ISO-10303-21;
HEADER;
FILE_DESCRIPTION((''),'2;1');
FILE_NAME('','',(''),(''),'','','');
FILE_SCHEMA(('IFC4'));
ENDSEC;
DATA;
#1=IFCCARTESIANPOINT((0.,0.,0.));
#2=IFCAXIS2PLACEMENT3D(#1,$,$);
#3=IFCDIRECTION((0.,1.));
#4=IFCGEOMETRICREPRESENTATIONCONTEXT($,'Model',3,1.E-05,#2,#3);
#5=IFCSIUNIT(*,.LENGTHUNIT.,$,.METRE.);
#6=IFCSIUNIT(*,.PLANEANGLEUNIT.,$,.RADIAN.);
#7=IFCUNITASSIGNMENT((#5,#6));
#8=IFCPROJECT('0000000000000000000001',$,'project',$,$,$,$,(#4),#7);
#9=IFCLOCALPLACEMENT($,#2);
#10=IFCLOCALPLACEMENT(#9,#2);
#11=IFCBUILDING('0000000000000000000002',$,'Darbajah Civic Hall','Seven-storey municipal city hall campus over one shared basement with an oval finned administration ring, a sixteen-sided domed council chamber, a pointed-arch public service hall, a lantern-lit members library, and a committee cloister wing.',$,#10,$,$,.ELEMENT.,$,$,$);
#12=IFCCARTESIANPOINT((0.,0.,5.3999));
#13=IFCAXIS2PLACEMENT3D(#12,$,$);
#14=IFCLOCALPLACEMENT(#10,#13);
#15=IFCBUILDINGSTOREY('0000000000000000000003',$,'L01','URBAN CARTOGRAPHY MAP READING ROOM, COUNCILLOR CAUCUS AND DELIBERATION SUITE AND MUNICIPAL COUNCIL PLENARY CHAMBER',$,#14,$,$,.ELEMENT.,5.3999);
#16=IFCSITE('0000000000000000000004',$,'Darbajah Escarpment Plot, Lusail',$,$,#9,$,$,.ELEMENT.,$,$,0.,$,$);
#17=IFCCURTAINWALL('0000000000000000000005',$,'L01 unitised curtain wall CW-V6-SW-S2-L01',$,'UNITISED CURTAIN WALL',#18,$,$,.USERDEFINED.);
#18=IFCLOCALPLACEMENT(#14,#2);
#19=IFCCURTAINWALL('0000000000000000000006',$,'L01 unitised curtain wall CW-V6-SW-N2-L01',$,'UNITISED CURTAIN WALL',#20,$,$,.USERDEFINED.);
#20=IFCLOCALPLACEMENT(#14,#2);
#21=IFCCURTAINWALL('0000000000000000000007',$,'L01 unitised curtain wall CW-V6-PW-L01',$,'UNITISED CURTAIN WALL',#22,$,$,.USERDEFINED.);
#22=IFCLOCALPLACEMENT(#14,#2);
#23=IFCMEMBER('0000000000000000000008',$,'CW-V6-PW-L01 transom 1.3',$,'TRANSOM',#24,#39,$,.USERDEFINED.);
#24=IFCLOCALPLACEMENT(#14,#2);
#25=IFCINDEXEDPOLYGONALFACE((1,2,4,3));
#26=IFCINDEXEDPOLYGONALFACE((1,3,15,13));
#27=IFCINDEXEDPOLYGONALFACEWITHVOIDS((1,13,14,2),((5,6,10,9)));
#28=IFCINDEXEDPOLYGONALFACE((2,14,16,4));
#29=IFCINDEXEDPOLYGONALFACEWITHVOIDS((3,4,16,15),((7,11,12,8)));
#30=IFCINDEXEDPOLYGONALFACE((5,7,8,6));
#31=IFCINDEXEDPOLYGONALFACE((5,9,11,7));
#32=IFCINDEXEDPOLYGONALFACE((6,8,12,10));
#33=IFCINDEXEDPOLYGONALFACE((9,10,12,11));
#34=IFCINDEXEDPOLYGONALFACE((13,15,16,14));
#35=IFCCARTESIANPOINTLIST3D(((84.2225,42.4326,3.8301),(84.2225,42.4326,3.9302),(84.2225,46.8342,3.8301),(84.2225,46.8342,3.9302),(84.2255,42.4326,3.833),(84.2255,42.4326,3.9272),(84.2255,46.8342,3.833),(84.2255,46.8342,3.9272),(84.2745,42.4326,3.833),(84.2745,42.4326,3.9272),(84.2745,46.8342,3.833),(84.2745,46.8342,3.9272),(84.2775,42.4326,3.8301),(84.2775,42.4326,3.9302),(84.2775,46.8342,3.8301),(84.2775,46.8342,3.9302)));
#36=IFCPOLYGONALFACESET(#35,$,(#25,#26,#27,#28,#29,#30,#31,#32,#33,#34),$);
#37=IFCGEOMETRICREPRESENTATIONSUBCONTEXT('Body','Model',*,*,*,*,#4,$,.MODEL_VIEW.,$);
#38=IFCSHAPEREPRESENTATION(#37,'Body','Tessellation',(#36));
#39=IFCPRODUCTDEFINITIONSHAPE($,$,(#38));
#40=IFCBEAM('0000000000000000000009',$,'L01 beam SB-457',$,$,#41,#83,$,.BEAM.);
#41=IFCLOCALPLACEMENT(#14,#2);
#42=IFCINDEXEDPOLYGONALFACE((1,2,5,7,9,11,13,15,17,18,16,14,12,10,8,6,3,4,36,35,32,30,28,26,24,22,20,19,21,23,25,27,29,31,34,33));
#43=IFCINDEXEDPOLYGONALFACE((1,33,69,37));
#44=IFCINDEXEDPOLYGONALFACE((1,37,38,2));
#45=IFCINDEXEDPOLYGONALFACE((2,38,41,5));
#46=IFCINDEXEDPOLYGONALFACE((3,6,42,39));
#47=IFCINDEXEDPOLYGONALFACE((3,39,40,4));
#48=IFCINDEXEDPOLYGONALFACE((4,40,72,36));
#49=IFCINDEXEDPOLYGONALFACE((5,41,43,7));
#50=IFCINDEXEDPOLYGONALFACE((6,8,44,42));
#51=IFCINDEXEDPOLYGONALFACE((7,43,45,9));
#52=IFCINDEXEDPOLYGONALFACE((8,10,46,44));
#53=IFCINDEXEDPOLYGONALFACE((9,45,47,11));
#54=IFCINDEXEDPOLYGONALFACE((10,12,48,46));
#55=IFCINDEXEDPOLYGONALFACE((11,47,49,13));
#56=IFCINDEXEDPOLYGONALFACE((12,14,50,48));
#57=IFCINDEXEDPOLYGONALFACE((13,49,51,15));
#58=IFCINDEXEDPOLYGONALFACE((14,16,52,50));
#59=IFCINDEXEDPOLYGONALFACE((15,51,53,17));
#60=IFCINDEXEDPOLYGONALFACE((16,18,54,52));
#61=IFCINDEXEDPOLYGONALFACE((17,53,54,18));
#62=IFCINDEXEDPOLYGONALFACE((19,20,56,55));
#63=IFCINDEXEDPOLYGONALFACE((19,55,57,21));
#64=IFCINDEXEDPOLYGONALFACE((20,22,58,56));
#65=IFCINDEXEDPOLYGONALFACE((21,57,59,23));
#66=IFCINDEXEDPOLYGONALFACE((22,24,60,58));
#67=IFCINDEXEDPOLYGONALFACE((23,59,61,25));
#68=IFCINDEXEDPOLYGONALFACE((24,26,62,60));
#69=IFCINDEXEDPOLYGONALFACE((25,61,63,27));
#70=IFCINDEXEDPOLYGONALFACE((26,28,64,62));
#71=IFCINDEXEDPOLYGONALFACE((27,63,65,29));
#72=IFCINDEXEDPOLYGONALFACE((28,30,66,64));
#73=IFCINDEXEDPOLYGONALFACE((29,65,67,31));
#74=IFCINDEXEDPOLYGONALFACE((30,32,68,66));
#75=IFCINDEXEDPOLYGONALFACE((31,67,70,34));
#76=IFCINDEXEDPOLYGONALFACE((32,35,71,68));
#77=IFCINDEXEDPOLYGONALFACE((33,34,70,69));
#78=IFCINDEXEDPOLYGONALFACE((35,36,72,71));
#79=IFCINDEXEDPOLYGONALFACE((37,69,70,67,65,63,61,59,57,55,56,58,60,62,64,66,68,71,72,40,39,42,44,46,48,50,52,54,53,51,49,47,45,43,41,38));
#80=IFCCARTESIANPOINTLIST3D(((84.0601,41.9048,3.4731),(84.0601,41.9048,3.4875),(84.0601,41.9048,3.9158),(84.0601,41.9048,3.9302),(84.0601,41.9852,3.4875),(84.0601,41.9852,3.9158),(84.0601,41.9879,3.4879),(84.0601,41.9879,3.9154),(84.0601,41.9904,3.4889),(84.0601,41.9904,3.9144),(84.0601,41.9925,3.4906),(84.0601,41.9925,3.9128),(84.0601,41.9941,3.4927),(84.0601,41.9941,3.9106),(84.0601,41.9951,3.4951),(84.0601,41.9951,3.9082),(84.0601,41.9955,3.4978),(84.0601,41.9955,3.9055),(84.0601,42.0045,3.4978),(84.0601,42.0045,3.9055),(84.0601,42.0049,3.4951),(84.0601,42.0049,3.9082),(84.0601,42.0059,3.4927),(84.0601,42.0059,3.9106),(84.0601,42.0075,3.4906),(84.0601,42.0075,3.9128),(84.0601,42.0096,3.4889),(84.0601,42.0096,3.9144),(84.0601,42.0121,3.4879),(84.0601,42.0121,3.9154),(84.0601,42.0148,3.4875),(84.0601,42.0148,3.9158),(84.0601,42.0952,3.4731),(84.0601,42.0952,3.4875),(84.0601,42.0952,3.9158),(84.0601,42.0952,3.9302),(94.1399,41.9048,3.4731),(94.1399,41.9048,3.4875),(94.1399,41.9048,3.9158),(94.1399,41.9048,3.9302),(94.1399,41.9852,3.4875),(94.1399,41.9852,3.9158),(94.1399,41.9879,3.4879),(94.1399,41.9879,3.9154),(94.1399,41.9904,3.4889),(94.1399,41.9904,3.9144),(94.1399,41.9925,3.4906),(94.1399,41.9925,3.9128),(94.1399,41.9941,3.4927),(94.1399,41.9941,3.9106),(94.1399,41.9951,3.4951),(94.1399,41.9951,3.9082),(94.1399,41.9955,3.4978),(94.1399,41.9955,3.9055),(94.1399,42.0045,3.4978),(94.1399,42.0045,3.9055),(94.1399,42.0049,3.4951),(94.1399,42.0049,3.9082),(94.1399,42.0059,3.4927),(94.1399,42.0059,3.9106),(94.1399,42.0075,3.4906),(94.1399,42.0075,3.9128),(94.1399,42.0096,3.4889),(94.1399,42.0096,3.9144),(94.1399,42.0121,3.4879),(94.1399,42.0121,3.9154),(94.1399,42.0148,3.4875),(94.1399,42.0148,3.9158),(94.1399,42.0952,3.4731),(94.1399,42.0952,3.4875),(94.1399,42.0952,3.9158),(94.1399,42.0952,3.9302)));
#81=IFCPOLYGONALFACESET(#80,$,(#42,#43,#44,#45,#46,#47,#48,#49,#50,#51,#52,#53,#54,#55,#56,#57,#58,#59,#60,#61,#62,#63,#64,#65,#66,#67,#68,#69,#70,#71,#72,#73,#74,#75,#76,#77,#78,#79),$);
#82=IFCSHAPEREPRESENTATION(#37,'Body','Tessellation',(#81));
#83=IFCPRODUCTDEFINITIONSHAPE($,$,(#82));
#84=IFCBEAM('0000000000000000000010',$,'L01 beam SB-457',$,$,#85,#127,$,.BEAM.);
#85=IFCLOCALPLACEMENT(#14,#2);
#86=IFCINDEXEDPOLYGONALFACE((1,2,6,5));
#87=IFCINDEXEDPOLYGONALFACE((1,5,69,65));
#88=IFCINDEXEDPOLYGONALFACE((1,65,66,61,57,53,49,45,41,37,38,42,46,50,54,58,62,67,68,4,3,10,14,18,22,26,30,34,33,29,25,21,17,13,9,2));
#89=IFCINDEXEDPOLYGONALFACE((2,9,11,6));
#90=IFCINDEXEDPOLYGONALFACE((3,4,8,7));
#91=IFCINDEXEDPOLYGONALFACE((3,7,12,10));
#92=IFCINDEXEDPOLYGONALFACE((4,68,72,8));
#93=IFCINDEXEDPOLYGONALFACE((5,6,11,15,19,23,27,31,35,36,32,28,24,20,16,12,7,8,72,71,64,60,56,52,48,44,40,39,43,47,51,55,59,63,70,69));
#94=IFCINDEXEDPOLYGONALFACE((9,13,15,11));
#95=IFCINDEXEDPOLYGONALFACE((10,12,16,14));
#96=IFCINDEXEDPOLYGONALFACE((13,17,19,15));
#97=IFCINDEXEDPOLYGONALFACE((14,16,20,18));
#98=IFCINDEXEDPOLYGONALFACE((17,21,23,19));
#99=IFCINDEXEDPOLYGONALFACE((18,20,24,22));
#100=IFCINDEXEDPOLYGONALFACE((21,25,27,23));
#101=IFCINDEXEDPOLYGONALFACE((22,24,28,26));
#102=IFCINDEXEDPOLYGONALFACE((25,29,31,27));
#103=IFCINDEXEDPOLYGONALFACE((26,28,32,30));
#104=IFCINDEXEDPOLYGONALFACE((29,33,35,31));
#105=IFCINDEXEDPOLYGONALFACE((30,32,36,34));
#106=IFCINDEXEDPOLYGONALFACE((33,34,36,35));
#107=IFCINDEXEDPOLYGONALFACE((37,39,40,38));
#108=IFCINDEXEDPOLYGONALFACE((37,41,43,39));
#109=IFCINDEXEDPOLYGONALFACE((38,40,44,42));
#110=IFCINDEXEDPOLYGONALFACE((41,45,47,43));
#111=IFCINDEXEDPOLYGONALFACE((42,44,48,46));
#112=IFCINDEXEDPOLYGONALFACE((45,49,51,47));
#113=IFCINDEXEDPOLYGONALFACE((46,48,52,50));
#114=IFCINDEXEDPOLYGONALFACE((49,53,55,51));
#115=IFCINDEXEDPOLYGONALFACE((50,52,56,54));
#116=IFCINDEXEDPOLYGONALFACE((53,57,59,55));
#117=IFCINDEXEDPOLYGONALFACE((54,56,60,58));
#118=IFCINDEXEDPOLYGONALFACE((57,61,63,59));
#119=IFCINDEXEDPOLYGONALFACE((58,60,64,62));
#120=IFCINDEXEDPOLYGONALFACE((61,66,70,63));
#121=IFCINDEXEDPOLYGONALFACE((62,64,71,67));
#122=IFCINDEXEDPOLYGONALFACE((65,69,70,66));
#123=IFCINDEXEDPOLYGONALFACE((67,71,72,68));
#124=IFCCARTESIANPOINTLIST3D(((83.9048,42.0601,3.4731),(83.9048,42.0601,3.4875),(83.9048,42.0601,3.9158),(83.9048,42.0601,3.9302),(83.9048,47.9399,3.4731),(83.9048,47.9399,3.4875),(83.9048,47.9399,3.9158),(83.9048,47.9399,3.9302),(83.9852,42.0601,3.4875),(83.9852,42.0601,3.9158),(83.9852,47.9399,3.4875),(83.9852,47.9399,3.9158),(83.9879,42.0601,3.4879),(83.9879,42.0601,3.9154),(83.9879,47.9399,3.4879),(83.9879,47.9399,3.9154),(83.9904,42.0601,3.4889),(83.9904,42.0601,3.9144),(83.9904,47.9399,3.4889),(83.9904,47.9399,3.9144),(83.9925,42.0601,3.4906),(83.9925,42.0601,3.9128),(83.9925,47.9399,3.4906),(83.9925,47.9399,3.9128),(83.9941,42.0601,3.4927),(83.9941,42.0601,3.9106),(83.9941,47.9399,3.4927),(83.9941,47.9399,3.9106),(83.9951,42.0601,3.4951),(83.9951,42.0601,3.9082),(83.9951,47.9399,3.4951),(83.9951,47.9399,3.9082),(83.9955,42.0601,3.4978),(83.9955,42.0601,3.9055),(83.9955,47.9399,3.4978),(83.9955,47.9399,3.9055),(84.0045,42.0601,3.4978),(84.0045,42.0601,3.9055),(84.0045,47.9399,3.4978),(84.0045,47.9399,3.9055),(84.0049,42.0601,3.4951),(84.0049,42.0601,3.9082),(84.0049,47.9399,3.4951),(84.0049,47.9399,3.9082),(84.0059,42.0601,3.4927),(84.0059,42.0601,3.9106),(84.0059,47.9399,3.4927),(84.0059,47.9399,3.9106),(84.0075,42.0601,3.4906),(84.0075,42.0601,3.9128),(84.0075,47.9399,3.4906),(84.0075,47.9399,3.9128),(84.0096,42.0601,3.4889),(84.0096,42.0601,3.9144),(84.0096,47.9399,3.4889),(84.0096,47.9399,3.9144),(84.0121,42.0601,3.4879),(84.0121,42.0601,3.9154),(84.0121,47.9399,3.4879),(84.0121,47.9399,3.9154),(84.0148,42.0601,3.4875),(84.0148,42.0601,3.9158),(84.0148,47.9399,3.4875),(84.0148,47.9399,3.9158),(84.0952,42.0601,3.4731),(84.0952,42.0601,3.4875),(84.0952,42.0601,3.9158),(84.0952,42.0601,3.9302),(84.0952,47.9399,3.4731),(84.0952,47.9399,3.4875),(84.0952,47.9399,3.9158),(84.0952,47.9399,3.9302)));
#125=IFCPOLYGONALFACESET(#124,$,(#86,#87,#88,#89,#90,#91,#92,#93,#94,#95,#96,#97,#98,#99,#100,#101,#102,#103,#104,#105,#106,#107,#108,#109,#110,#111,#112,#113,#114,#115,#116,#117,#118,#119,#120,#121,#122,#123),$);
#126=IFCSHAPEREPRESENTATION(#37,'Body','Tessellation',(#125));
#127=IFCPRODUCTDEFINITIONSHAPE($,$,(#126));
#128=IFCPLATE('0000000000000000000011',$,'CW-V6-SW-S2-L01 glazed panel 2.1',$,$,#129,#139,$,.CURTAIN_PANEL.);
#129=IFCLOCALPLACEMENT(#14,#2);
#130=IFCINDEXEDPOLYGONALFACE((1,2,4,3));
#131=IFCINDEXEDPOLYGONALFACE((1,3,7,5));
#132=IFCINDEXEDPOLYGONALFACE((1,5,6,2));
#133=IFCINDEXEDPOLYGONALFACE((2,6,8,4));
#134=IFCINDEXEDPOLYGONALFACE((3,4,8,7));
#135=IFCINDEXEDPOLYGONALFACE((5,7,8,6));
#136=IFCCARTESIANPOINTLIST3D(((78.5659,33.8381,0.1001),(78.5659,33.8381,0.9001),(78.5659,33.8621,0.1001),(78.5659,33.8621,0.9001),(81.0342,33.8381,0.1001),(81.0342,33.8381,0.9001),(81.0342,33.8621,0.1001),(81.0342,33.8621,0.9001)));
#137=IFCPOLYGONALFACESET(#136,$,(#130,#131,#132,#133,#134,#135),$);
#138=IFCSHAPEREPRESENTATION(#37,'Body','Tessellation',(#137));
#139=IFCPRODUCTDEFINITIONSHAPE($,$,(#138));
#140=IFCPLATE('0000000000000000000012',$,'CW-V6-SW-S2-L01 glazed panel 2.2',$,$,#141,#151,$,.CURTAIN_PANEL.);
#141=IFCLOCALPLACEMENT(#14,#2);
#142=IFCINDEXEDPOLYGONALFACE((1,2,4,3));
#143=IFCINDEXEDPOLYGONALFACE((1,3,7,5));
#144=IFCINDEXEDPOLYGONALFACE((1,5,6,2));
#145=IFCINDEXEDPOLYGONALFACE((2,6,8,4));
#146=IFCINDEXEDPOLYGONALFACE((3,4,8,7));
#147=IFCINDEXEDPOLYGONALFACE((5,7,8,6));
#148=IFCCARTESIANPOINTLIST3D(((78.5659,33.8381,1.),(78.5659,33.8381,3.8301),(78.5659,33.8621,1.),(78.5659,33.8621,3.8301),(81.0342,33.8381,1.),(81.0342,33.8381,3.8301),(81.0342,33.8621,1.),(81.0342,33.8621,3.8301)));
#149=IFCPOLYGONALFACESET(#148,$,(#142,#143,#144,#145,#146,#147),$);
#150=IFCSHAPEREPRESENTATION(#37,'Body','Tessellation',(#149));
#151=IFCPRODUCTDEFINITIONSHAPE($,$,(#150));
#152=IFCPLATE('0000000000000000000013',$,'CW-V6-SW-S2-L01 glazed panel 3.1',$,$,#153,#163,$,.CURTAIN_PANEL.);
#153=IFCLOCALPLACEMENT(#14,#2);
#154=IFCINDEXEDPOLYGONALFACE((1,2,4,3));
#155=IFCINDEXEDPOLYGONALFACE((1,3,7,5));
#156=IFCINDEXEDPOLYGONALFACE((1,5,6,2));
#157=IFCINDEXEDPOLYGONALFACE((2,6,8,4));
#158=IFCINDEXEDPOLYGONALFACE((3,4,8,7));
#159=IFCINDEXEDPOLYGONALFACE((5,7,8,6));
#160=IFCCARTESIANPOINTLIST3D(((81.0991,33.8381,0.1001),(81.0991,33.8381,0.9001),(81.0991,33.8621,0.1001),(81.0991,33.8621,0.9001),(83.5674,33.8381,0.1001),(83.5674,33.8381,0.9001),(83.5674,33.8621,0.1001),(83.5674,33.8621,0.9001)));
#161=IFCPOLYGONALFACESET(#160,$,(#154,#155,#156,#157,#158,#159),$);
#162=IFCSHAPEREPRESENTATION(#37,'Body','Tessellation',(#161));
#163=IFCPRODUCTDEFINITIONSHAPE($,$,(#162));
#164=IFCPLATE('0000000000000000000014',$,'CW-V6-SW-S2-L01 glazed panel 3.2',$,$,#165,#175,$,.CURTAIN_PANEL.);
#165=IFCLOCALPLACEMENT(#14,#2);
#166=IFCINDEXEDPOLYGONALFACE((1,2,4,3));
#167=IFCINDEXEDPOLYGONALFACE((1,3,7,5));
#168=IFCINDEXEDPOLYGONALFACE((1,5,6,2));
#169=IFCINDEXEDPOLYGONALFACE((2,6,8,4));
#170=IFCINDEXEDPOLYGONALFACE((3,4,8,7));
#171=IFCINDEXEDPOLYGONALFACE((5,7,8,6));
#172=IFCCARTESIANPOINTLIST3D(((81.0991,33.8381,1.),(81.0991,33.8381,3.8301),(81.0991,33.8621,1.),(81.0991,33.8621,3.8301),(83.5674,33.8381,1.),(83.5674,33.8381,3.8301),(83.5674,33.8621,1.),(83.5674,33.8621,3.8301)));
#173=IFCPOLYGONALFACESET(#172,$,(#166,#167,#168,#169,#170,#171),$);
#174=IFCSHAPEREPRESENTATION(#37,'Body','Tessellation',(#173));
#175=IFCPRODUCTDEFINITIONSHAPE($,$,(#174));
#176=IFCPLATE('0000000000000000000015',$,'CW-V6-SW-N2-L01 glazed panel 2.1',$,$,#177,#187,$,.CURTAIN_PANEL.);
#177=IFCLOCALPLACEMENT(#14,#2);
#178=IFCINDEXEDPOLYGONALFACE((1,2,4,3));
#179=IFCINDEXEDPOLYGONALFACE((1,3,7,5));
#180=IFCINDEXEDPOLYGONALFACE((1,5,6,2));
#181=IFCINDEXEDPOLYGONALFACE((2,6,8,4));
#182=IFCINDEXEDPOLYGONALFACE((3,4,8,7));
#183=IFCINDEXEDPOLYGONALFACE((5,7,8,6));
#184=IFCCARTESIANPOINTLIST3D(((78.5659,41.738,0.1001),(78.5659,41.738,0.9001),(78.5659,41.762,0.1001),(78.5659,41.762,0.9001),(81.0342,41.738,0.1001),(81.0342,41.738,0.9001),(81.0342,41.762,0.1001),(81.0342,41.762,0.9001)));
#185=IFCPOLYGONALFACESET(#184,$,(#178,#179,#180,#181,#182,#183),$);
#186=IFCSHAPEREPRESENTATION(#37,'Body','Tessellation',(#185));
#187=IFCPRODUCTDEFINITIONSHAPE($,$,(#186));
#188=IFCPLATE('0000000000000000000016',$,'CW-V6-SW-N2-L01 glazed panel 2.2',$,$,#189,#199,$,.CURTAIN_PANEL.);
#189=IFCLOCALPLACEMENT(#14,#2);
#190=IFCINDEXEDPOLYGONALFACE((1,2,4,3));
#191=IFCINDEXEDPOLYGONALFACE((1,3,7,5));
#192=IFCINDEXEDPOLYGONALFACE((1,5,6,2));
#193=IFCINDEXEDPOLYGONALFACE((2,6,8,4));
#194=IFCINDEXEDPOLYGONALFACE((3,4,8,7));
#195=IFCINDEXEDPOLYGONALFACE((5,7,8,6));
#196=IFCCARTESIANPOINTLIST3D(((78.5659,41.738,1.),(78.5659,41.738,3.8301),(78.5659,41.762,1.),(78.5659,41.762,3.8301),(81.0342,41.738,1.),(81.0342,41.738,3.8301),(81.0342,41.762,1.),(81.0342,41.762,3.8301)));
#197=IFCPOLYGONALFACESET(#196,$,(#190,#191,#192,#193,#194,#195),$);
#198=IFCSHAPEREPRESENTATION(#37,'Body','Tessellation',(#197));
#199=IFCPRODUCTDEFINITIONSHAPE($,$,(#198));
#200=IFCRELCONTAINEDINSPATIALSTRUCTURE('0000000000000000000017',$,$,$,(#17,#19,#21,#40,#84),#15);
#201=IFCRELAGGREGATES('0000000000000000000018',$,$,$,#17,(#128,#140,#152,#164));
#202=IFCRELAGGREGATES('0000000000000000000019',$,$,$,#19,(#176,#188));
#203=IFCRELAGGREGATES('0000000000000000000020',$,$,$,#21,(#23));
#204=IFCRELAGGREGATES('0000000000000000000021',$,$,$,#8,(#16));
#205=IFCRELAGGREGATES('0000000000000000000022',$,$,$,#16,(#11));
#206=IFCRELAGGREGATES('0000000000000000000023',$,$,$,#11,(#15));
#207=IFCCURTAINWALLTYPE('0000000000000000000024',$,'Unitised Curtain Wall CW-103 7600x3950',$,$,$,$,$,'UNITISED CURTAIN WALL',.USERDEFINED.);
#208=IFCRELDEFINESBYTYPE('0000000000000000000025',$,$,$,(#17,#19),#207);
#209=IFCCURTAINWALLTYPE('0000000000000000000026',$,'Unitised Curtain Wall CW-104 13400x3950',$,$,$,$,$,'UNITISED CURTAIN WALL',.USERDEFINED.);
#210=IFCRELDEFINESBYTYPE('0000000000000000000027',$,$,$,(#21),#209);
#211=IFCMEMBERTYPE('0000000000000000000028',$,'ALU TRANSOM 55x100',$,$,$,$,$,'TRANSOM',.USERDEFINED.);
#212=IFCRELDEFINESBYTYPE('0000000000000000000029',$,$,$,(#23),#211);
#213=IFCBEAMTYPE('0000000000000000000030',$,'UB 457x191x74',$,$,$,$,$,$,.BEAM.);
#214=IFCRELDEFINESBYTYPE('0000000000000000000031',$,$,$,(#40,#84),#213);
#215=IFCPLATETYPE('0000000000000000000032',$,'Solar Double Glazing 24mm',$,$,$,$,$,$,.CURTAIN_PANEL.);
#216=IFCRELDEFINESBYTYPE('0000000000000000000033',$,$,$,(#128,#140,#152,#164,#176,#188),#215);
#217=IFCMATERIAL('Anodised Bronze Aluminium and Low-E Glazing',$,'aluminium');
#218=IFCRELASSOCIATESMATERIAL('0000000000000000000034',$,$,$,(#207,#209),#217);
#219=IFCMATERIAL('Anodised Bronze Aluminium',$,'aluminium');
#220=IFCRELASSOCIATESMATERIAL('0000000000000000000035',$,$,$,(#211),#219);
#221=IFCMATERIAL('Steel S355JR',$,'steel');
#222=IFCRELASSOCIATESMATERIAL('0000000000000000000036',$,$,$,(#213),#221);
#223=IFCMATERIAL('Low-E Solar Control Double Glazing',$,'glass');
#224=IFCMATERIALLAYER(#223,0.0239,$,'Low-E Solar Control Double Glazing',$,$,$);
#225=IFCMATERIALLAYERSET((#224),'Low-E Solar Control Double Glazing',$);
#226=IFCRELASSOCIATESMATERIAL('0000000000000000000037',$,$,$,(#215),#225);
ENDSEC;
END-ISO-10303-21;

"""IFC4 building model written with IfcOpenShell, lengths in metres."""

from ifc_helpers import new_model, si_unit, direction, frame, origin, origin_2d, place, context, subcontext, project, spatial, rectangle, hollow_rectangle, i_section, extrude, material, layer, layer_set, material_profile, profile_set, type_object, element, aggregate, save


model = new_model("IFC4")

# Units and contexts
model_context = context("Model", 3, precision=1e-05, world=origin(), true_north=direction((0.0, 1.0)))
body_context = subcontext(model_context, "Body", "Model", "MODEL_VIEW")
ifc_project = project(units=[si_unit("LENGTHUNIT", "METRE"), si_unit("PLANEANGLEUNIT", "RADIAN")], contexts=[model_context])

# Site, building, storey
site_placement = place(None, origin())
site = spatial("IfcSite", under=ifc_project, at=site_placement, Name="Darbajah Escarpment Plot, Lusail", CompositionType="ELEMENT", RefElevation=0.0)
building_placement = place(site_placement, origin())
building = spatial("IfcBuilding", under=site, at=building_placement, Name="Darbajah Civic Hall", Description="Seven-storey municipal city hall campus over one shared basement with an oval finned administration ring, a sixteen-sided domed council chamber, a pointed-arch public service hall, a lantern-lit members library, and a committee cloister wing.", CompositionType="ELEMENT")
storey_placement = place(building_placement, frame((0.0, 0.0, 5.3999)))
storey = spatial("IfcBuildingStorey", under=building, at=storey_placement, Name="L01", Description="URBAN CARTOGRAPHY MAP READING ROOM, COUNCILLOR CAUCUS AND DELIBERATION SUITE AND MUNICIPAL COUNCIL PLENARY CHAMBER", CompositionType="ELEMENT", Elevation=5.3999)

# Shared definitions
ifc_material_1 = material(Name="Steel S355JR", Category="steel")

# Curtain walls
ifc_material_2 = material(Name="Anodised Bronze Aluminium and Low-E Glazing", Category="aluminium")
curtain_wall_type_1 = type_object("IfcCurtainWallType", Name="Unitised Curtain Wall CW-103 7600x3950", ElementType="UNITISED CURTAIN WALL", PredefinedType="USERDEFINED", material=ifc_material_2)
curtain_wall_1_placement = place(storey_placement, origin())
curtain_wall_1 = element("IfcCurtainWall", 1, at=curtain_wall_1_placement, inside=storey, type_object=curtain_wall_type_1, Name="L01 unitised curtain wall CW-V6-SW-S2-L01", ObjectType="UNITISED CURTAIN WALL", PredefinedType="USERDEFINED")
ifc_material_3 = material(Name="Anodised Bronze Aluminium", Category="aluminium")
curtain_wall_2_placement = place(storey_placement, origin())
curtain_wall_2 = element("IfcCurtainWall", 2, at=curtain_wall_2_placement, inside=storey, type_object=curtain_wall_type_1, Name="L01 unitised curtain wall CW-V6-SW-N2-L01", ObjectType="UNITISED CURTAIN WALL", PredefinedType="USERDEFINED")
curtain_wall_type_2 = type_object("IfcCurtainWallType", Name="Unitised Curtain Wall CW-104 13400x3950", ElementType="UNITISED CURTAIN WALL", PredefinedType="USERDEFINED", material=ifc_material_2)
curtain_wall_3_placement = place(storey_placement, origin())
curtain_wall_3 = element("IfcCurtainWall", 3, at=curtain_wall_3_placement, inside=storey, type_object=curtain_wall_type_2, Name="L01 unitised curtain wall CW-V6-PW-L01", ObjectType="UNITISED CURTAIN WALL", PredefinedType="USERDEFINED")

# Member
ifc_material_profile_1 = material_profile(ifc_material_3, hollow_rectangle(XDim=0.0549, YDim=0.1001, WallThickness=0.0029, at=origin_2d()), Name="ALU TRANSOM 55x100")
ifc_profile_set_1 = profile_set([ifc_material_profile_1], Name="Anodised Bronze Aluminium")
member_type_1 = type_object("IfcMemberType", Name="ALU TRANSOM 55x100", ElementType="TRANSOM", PredefinedType="USERDEFINED", material=ifc_profile_set_1)
member_1_placement = place(storey_placement, frame((84.25, 42.4326, 3.8801), z_axis=(0.0, 1.0, 0.0), x_axis=(-1.0, 0.0, 0.0)))
member_1 = element("IfcMember", 4, at=member_1_placement, type_object=member_type_1, Name="CW-V6-PW-L01 transom 1.3", ObjectType="TRANSOM", PredefinedType="USERDEFINED", context=body_context, shape_type="SweptSolid", body=[
    extrude(hollow_rectangle(XDim=0.0549, YDim=0.1001, WallThickness=0.0029, at=origin_2d()), origin(), (0.0, 0.0, 1.0), 4.4016),
])

# Beams
ifc_material_profile_2 = material_profile(ifc_material_1, i_section(OverallWidth=0.1904, OverallDepth=0.457, WebThickness=0.009, FlangeThickness=0.0144, FilletRadius=0.0103, at=origin_2d()), Name="UB 457x191x74")
ifc_profile_set_2 = profile_set([ifc_material_profile_2], Name="Steel S355JR")
beam_type = type_object("IfcBeamType", Name="UB 457x191x74", PredefinedType="BEAM", material=ifc_profile_set_2)
beam_1_placement = place(storey_placement, frame((84.0601, 42.0, 3.7017), z_axis=(1.0, 0.0, 0.0), x_axis=(0.0, 1.0, 0.0)))
element("IfcBeam", 5, at=beam_1_placement, inside=storey, type_object=beam_type, Name="L01 beam SB-457", PredefinedType="BEAM", context=body_context, shape_type="SweptSolid", body=[
    extrude(i_section(OverallWidth=0.1904, OverallDepth=0.457, WebThickness=0.009, FlangeThickness=0.0144, FilletRadius=0.0103, at=origin_2d()), origin(), (0.0, 0.0, 1.0), 10.0798),
])
beam_2_placement = place(storey_placement, frame((84.0, 42.0601, 3.7017), z_axis=(0.0, 1.0, 0.0), x_axis=(-1.0, 0.0, 0.0)))
element("IfcBeam", 6, at=beam_2_placement, inside=storey, type_object=beam_type, Name="L01 beam SB-457", PredefinedType="BEAM", context=body_context, shape_type="SweptSolid", body=[
    extrude(i_section(OverallWidth=0.1904, OverallDepth=0.457, WebThickness=0.009, FlangeThickness=0.0144, FilletRadius=0.0103, at=origin_2d()), origin(), (0.0, 0.0, 1.0), 5.8799),
])

# Plates
ifc_material_4 = material(Name="Low-E Solar Control Double Glazing", Category="glass")
ifc_layer_1 = layer(ifc_material_4, 0.0239, Name="Low-E Solar Control Double Glazing")
ifc_layer_set_1 = layer_set([ifc_layer_1], Name="Low-E Solar Control Double Glazing")
plate_type = type_object("IfcPlateType", Name="Solar Double Glazing 24mm", PredefinedType="CURTAIN_PANEL", material=ifc_layer_set_1)
plate_1_placement = place(storey_placement, frame((79.8, 33.8501, 0.1001), z_axis=(0.0, 0.0, 1.0), x_axis=(1.0, 0.0, 0.0)))
plate_1 = element("IfcPlate", 7, at=plate_1_placement, type_object=plate_type, Name="CW-V6-SW-S2-L01 glazed panel 2.1", PredefinedType="CURTAIN_PANEL", context=body_context, shape_type="SweptSolid", body=[
    extrude(rectangle(XDim=2.4683, YDim=0.0239, at=origin_2d()), origin(), (0.0, 0.0, 1.0), 0.8),
])
plate_2_placement = place(storey_placement, frame((79.8, 33.8501, 1.0), z_axis=(0.0, 0.0, 1.0), x_axis=(1.0, 0.0, 0.0)))
plate_2 = element("IfcPlate", 8, at=plate_2_placement, type_object=plate_type, Name="CW-V6-SW-S2-L01 glazed panel 2.2", PredefinedType="CURTAIN_PANEL", context=body_context, shape_type="SweptSolid", body=[
    extrude(rectangle(XDim=2.4683, YDim=0.0239, at=origin_2d()), origin(), (0.0, 0.0, 1.0), 2.8301),
])
plate_3_placement = place(storey_placement, frame((82.3333, 33.8501, 0.1001), z_axis=(0.0, 0.0, 1.0), x_axis=(1.0, 0.0, 0.0)))
plate_3 = element("IfcPlate", 9, at=plate_3_placement, type_object=plate_type, Name="CW-V6-SW-S2-L01 glazed panel 3.1", PredefinedType="CURTAIN_PANEL", context=body_context, shape_type="SweptSolid", body=[
    extrude(rectangle(XDim=2.4683, YDim=0.0239, at=origin_2d()), origin(), (0.0, 0.0, 1.0), 0.8),
])
plate_4_placement = place(storey_placement, frame((82.3333, 33.8501, 1.0), z_axis=(0.0, 0.0, 1.0), x_axis=(1.0, 0.0, 0.0)))
plate_4 = element("IfcPlate", 10, at=plate_4_placement, type_object=plate_type, Name="CW-V6-SW-S2-L01 glazed panel 3.2", PredefinedType="CURTAIN_PANEL", context=body_context, shape_type="SweptSolid", body=[
    extrude(rectangle(XDim=2.4683, YDim=0.0239, at=origin_2d()), origin(), (0.0, 0.0, 1.0), 2.8301),
])
aggregate(curtain_wall_1, [plate_1, plate_2, plate_3, plate_4])
plate_5_placement = place(storey_placement, frame((79.8, 41.75, 0.1001), z_axis=(0.0, 0.0, 1.0), x_axis=(1.0, 0.0, 0.0)))
plate_5 = element("IfcPlate", 11, at=plate_5_placement, type_object=plate_type, Name="CW-V6-SW-N2-L01 glazed panel 2.1", PredefinedType="CURTAIN_PANEL", context=body_context, shape_type="SweptSolid", body=[
    extrude(rectangle(XDim=2.4683, YDim=0.0239, at=origin_2d()), origin(), (0.0, 0.0, 1.0), 0.8),
])
plate_6_placement = place(storey_placement, frame((79.8, 41.75, 1.0), z_axis=(0.0, 0.0, 1.0), x_axis=(1.0, 0.0, 0.0)))
plate_6 = element("IfcPlate", 12, at=plate_6_placement, type_object=plate_type, Name="CW-V6-SW-N2-L01 glazed panel 2.2", PredefinedType="CURTAIN_PANEL", context=body_context, shape_type="SweptSolid", body=[
    extrude(rectangle(XDim=2.4683, YDim=0.0239, at=origin_2d()), origin(), (0.0, 0.0, 1.0), 2.8301),
])
aggregate(curtain_wall_2, [plate_5, plate_6])
aggregate(curtain_wall_3, [member_1])

save(model, "model.ifc")
